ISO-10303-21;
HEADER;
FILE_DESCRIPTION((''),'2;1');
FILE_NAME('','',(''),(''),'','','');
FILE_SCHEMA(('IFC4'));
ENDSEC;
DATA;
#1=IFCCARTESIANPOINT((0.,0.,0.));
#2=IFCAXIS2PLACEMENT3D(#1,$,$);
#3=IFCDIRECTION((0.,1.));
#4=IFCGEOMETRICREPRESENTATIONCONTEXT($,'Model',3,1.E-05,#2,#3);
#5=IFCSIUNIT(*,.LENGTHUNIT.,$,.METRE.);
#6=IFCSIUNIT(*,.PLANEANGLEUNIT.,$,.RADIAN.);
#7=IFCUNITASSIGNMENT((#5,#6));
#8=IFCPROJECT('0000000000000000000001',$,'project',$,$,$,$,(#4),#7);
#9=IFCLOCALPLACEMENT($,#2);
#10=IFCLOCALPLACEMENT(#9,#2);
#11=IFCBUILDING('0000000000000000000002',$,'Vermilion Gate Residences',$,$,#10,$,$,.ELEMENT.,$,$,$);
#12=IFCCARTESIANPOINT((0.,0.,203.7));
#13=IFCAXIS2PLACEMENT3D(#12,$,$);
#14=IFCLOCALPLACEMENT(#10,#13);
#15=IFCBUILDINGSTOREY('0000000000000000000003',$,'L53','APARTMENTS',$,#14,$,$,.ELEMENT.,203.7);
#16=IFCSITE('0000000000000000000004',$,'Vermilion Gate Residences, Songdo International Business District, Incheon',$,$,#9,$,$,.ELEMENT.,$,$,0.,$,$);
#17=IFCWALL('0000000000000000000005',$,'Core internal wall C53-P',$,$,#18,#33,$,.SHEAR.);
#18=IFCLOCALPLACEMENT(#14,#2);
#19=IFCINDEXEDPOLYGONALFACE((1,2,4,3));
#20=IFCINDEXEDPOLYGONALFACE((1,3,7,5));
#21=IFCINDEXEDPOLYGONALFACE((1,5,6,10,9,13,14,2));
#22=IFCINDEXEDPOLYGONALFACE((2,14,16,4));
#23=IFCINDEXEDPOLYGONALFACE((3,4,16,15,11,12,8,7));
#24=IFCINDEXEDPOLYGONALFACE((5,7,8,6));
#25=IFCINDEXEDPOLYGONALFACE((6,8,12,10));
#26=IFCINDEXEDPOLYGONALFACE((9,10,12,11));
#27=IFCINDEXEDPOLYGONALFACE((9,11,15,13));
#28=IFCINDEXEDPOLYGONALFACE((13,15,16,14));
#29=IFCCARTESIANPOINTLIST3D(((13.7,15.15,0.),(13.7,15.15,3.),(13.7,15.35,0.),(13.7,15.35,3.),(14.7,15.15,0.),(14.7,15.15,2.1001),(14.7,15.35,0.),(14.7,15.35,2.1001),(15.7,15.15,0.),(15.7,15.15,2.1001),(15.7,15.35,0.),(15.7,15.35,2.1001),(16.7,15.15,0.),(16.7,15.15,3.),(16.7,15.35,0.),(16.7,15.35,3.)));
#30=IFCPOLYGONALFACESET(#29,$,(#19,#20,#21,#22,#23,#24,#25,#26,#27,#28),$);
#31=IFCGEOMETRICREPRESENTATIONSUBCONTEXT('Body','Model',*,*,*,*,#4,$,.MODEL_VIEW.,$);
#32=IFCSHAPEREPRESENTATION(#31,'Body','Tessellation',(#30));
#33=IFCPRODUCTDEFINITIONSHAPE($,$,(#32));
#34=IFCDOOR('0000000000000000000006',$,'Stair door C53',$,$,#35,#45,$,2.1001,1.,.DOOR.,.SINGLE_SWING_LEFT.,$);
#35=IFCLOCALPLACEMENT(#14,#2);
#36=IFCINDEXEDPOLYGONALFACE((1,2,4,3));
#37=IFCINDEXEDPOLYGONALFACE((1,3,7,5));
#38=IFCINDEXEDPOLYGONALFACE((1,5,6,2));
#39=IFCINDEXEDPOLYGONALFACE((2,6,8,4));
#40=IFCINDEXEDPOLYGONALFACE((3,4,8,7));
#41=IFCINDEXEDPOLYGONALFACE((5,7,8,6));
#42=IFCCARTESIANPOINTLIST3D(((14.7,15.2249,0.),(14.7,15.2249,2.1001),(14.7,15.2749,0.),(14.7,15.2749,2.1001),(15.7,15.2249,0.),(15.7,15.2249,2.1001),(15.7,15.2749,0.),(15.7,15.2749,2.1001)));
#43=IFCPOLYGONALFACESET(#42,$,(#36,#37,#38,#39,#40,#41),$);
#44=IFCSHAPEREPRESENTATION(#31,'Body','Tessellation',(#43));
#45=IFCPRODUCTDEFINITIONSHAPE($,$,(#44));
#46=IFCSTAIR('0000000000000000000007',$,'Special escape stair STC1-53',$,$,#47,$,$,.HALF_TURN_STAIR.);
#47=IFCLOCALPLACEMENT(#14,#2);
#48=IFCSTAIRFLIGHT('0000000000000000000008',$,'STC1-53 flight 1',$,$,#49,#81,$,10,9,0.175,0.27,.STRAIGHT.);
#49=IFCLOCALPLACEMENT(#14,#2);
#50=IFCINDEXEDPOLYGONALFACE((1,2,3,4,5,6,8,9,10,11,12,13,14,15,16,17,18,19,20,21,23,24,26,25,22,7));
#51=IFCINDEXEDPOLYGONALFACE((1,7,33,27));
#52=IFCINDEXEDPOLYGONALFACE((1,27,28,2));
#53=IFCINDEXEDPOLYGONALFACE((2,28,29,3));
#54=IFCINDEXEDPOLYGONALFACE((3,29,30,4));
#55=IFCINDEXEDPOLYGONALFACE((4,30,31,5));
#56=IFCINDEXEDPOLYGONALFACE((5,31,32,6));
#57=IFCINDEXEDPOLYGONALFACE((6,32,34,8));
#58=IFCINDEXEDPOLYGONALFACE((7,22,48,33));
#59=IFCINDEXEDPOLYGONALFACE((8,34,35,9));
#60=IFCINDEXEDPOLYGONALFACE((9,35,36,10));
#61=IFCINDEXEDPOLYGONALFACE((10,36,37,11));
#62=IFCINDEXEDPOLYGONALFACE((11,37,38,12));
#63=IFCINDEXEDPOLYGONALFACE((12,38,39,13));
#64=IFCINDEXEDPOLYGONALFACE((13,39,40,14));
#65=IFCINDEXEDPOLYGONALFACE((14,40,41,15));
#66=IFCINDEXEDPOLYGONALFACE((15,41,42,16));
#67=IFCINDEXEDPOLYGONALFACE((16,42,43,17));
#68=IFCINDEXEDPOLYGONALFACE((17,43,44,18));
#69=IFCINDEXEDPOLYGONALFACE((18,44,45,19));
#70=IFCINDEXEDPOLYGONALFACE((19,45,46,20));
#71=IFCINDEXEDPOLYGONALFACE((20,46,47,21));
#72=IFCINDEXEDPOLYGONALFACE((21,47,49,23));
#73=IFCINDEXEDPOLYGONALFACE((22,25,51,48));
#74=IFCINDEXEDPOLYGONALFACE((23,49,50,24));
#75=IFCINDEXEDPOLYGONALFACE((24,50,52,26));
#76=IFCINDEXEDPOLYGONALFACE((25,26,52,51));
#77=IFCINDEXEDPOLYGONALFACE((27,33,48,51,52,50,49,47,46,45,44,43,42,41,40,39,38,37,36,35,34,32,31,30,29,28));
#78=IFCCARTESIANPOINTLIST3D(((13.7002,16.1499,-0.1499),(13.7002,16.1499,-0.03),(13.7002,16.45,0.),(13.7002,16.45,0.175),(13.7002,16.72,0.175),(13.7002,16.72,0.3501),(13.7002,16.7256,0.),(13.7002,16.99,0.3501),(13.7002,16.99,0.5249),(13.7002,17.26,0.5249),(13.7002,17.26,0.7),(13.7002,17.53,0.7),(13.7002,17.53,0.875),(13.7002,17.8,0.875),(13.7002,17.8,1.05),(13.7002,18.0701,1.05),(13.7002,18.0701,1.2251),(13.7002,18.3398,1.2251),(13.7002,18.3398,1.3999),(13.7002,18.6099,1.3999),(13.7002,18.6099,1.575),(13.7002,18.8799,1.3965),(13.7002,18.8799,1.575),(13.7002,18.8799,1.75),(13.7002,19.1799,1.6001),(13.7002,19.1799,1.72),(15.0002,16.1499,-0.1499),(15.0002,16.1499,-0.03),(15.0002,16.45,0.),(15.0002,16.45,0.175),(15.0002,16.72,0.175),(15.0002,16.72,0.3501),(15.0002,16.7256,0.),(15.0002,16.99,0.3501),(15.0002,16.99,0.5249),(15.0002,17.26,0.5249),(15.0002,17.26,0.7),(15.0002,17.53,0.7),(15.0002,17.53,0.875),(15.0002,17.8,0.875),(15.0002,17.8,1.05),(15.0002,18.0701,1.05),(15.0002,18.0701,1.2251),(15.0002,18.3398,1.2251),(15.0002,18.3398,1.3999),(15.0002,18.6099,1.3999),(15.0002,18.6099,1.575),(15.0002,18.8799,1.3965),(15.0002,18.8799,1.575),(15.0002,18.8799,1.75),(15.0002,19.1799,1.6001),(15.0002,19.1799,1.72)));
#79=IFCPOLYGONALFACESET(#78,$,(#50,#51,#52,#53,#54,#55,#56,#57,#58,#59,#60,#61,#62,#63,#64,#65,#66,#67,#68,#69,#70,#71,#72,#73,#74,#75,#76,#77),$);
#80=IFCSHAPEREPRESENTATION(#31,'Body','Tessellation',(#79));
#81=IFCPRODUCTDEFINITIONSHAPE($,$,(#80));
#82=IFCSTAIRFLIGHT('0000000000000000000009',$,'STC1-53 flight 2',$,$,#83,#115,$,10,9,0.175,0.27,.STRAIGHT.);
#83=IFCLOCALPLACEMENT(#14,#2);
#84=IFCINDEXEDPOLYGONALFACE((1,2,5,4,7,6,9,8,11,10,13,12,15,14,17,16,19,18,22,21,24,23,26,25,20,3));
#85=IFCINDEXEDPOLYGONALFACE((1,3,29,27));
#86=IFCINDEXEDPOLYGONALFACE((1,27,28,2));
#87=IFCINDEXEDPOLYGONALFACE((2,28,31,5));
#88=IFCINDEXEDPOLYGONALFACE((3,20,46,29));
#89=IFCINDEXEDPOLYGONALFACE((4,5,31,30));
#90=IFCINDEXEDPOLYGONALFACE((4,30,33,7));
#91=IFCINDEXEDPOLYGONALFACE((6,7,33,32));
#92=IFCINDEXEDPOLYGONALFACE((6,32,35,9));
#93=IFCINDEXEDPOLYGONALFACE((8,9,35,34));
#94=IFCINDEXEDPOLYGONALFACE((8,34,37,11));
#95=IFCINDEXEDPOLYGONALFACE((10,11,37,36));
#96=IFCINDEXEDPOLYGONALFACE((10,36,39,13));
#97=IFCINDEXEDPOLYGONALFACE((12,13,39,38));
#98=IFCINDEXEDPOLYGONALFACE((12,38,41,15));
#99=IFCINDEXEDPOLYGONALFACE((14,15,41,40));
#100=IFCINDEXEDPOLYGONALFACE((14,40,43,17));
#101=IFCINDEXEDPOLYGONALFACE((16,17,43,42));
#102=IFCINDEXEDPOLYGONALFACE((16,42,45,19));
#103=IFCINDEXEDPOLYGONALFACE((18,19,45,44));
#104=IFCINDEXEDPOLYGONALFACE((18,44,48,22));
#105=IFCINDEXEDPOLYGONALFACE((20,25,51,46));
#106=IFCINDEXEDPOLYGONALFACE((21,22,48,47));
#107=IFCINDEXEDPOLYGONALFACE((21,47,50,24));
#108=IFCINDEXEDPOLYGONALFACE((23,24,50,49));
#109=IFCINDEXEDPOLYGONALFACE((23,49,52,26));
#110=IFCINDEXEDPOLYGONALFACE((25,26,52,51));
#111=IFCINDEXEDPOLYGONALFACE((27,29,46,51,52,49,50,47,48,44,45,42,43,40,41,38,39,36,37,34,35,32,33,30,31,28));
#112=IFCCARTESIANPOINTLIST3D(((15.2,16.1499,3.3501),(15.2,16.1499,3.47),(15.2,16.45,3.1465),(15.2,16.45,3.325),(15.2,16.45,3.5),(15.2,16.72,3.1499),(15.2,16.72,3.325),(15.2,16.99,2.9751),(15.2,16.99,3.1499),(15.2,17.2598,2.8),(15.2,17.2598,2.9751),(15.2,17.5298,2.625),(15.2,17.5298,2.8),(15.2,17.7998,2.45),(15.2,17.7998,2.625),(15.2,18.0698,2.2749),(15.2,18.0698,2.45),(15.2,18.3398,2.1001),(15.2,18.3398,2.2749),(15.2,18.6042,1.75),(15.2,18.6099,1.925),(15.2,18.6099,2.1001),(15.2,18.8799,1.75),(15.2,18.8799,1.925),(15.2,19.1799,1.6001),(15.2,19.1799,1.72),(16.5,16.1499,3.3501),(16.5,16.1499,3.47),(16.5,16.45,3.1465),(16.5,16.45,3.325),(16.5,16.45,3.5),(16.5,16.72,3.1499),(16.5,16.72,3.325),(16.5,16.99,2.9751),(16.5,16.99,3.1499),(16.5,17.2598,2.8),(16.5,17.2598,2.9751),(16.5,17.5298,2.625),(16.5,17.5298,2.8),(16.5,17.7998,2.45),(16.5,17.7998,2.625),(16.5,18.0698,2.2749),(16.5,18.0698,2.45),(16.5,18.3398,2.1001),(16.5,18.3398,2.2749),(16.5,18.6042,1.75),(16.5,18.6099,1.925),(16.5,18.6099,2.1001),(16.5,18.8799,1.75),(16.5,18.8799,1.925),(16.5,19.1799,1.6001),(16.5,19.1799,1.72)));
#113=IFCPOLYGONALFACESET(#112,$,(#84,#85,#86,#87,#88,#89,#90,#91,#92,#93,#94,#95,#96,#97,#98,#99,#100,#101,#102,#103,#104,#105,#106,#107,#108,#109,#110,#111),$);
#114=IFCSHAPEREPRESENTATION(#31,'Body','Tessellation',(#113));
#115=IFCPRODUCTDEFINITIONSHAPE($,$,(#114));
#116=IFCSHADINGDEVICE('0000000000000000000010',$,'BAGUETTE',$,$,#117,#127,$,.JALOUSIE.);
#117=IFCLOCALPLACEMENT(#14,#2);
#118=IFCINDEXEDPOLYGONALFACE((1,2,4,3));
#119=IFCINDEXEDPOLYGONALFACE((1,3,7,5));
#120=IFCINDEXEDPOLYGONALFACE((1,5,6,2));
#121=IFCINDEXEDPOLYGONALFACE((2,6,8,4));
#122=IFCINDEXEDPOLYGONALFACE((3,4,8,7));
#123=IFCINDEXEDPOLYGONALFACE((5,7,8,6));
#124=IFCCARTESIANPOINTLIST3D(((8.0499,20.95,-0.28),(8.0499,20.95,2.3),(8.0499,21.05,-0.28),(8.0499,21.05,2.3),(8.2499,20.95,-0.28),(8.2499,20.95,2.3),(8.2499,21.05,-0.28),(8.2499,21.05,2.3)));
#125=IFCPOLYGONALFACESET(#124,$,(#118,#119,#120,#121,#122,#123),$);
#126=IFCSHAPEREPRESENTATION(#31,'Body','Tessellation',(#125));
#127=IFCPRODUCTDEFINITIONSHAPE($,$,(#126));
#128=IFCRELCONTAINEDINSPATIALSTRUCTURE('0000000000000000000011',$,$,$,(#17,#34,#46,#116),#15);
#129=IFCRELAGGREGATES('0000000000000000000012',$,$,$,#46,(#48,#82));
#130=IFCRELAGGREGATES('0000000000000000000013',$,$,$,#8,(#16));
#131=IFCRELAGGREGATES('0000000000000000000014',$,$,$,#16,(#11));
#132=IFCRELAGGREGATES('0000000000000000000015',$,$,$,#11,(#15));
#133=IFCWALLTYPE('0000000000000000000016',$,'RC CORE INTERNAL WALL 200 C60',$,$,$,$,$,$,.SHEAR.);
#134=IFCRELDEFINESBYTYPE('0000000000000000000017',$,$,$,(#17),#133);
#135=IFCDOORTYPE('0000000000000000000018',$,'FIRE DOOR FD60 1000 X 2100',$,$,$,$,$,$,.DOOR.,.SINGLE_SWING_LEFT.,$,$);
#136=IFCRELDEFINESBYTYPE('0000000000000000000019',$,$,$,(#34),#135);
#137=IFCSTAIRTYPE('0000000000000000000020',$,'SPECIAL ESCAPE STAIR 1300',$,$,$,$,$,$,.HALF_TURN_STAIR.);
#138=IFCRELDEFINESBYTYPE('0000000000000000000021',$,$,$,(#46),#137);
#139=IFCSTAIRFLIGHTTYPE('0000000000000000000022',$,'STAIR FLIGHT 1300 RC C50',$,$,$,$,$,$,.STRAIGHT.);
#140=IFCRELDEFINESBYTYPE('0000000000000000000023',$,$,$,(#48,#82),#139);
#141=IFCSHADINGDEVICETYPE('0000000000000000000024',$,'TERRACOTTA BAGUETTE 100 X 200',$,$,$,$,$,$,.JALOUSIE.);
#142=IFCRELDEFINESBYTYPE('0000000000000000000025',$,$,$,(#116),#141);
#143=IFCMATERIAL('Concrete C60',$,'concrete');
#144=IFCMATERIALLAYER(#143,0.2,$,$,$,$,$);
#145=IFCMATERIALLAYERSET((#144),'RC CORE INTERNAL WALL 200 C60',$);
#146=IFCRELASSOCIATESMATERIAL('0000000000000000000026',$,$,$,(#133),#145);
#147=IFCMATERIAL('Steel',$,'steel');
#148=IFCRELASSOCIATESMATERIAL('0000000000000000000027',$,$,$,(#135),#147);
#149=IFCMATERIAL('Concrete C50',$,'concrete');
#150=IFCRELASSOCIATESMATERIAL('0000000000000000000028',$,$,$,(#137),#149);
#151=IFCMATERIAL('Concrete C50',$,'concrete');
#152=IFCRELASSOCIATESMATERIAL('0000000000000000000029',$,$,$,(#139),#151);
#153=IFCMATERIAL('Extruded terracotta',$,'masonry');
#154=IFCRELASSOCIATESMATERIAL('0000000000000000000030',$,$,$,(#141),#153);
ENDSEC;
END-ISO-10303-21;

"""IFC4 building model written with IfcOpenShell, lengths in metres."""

from ifc_helpers import new_model, si_unit, direction, frame, frame_2d, origin, origin_2d, place, context, subcontext, project, spatial, polyline, rectangle, outline, extrude, material, layer, layer_set, material_profile, profile_set, type_object, element, fill, aggregate, save


model = new_model("IFC4")

# Units and contexts
model_context = context("Model", 3, precision=1e-05, world=origin(), true_north=direction((0.0, 1.0)))
body_context = subcontext(model_context, "Body", "Model", "MODEL_VIEW")
ifc_project = project(units=[si_unit("LENGTHUNIT", "METRE"), si_unit("PLANEANGLEUNIT", "RADIAN")], contexts=[model_context])

# Site, building, storey
site_placement = place(None, origin())
site = spatial("IfcSite", under=ifc_project, at=site_placement, Name="Vermilion Gate Residences, Songdo International Business District, Incheon", CompositionType="ELEMENT", RefElevation=0.0)
building_placement = place(site_placement, origin())
building = spatial("IfcBuilding", under=site, at=building_placement, Name="Vermilion Gate Residences", CompositionType="ELEMENT")
storey_placement = place(building_placement, frame((0.0, 0.0, 203.7)))
storey = spatial("IfcBuildingStorey", under=building, at=storey_placement, Name="L53", Description="APARTMENTS", CompositionType="ELEMENT", Elevation=203.7)

# Shared definitions
ifc_material_1 = material(Name="Concrete C60", Category="concrete")
ifc_layer_1 = layer(ifc_material_1, 0.2)
ifc_layer_set_1 = layer_set([ifc_layer_1], Name="RC CORE INTERNAL WALL 200 C60")
wall_type_1 = type_object("IfcWallType", Name="RC CORE INTERNAL WALL 200 C60", PredefinedType="SHEAR", material=ifc_layer_set_1)

# Wall, opening, door
wall_1_placement = place(storey_placement, frame((13.7, 15.25, 0.0), z_axis=(0.0, 0.0, 1.0), x_axis=(1.0, 0.0, 0.0)))
wall_1 = element("IfcWall", 1, at=wall_1_placement, inside=storey, type_object=wall_type_1, Name="Core internal wall C53-P", PredefinedType="SHEAR", context=body_context, shape_type="SweptSolid", body=[
    extrude(rectangle(XDim=3.0, YDim=0.2, at=frame_2d((1.5, 0.0))), origin(), (0.0, 0.0, 1.0), 3.0),
])
opening_1_placement = place(wall_1_placement, frame((1.0, 0.0, 0.0)))
opening_1 = element("IfcOpeningElement", 2, at=opening_1_placement, cuts=wall_1, PredefinedType="OPENING", context=body_context, shape_type="SweptSolid", body=[
    extrude(rectangle(XDim=1.0, YDim=2.1001, at=frame_2d((0.5, 1.05))), frame((0.0, 0.1099, 0.0), z_axis=(0.0, -1.0, 0.0), x_axis=(1.0, 0.0, 0.0)), (0.0, 0.0, 1.0), 0.22),
])
ifc_material_2 = material(Name="Steel", Category="steel")
door_type_1 = type_object("IfcDoorType", Name="FIRE DOOR FD60 1000 X 2100", OperationType="SINGLE_SWING_LEFT", PredefinedType="DOOR", material=ifc_material_2)
door_1_placement = place(opening_1_placement, origin())
door_1 = element("IfcDoor", 3, at=door_1_placement, inside=storey, type_object=door_type_1, Name="Stair door C53", OperationType="SINGLE_SWING_LEFT", OverallHeight=2.1001, OverallWidth=1.0, PredefinedType="DOOR", context=body_context, shape_type="SweptSolid", body=[
    extrude(rectangle(XDim=1.0, YDim=2.1001, at=frame_2d((0.5, 1.05))), frame((0.0, 0.0249, 0.0), z_axis=(0.0, -1.0, 0.0), x_axis=(1.0, 0.0, 0.0)), (0.0, 0.0, 1.0), 0.05),
])
fill(opening_1, door_1)

# Stair, stair flights
ifc_material_3 = material(Name="Concrete C50", Category="concrete")
stair_type = type_object("IfcStairType", Name="SPECIAL ESCAPE STAIR 1300", PredefinedType="HALF_TURN_STAIR", material=ifc_material_3)
stair_placement = place(storey_placement, origin())
stair = element("IfcStair", 4, at=stair_placement, inside=storey, type_object=stair_type, Name="Special escape stair STC1-53", PredefinedType="HALF_TURN_STAIR")
ifc_material_4 = material(Name="Concrete C50", Category="concrete")
stair_flight_type = type_object("IfcStairFlightType", Name="STAIR FLIGHT 1300 RC C50", PredefinedType="STRAIGHT", material=ifc_material_4)
stair_flight_1_placement = place(storey_placement, frame((14.3501, 16.45, 0.0), z_axis=(0.0, 0.0, 1.0), x_axis=(0.0, 1.0, 0.0)))
stair_flight_1 = element("IfcStairFlight", 5, at=stair_flight_1_placement, type_object=stair_flight_type, Name="STC1-53 flight 1", NumberOfRisers=10, NumberOfTreads=9, PredefinedType="STRAIGHT", RiserHeight=0.175, TreadLength=0.27, context=body_context, shape_type="SweptSolid", body=[
    extrude(outline(polyline([(-0.3, -0.1499), (-0.3, -0.03), (0.0, 0.0), (0.0, 0.175), (0.27, 0.175), (0.27, 0.3501), (0.54, 0.3501), (0.54, 0.5249), (0.8101, 0.5249), (0.8101, 0.7), (1.0801, 0.7), (1.0801, 0.875), (1.3501, 0.875), (1.3501, 1.05), (1.6201, 1.05), (1.6201, 1.2251), (1.8899, 1.2251), (1.8899, 1.3999), (2.1599, 1.3999), (2.1599, 1.575), (2.4299, 1.575), (2.4299, 1.75), (2.73, 1.72), (2.73, 1.6001), (2.4299, 1.3965), (0.2756, 0.0), (-0.3, -0.1499)])), frame((0.0, 0.6499, 0.0), z_axis=(0.0, -1.0, 0.0), x_axis=(1.0, 0.0, 0.0)), (0.0, 0.0, 1.0), 1.3),
])
stair_flight_2_placement = place(storey_placement, frame((15.8501, 18.8799, 1.75), z_axis=(0.0, 0.0, 1.0), x_axis=(0.0, -1.0, 0.0)))
stair_flight_2 = element("IfcStairFlight", 6, at=stair_flight_2_placement, type_object=stair_flight_type, Name="STC1-53 flight 2", NumberOfRisers=10, NumberOfTreads=9, PredefinedType="STRAIGHT", RiserHeight=0.175, TreadLength=0.27, context=body_context, shape_type="SweptSolid", body=[
    extrude(outline(polyline([(-0.3, -0.1499), (-0.3, -0.03), (0.0, 0.0), (0.0, 0.175), (0.27, 0.175), (0.27, 0.3501), (0.54, 0.3501), (0.54, 0.5249), (0.8101, 0.5249), (0.8101, 0.7), (1.0801, 0.7), (1.0801, 0.875), (1.3501, 0.875), (1.3501, 1.05), (1.6201, 1.05), (1.6201, 1.2251), (1.8899, 1.2251), (1.8899, 1.3999), (2.1599, 1.3999), (2.1599, 1.575), (2.4299, 1.575), (2.4299, 1.75), (2.73, 1.72), (2.73, 1.6001), (2.4299, 1.3965), (0.2756, 0.0), (-0.3, -0.1499)])), frame((0.0, 0.6499, 0.0), z_axis=(0.0, -1.0, 0.0), x_axis=(1.0, 0.0, 0.0)), (0.0, 0.0, 1.0), 1.3),
])
aggregate(stair, [stair_flight_1, stair_flight_2])

# Shading device
ifc_material_5 = material(Name="Extruded terracotta", Category="masonry")
ifc_material_profile_1 = material_profile(ifc_material_5, rectangle(XDim=0.2, YDim=0.1001, at=origin_2d()), Name="BAGUETTE 100 X 200")
ifc_profile_set_1 = profile_set([ifc_material_profile_1], Name="Extruded terracotta")
shading_device_type = type_object("IfcShadingDeviceType", Name="TERRACOTTA BAGUETTE 100 X 200", PredefinedType="JALOUSIE", material=ifc_profile_set_1)
shading_device_placement = place(storey_placement, frame((8.1499, 21.0, -0.28), z_axis=(0.0, 0.0, 1.0), x_axis=(1.0, 0.0, 0.0)))
element("IfcShadingDevice", 7, at=shading_device_placement, inside=storey, type_object=shading_device_type, Name="BAGUETTE", PredefinedType="JALOUSIE", context=body_context, shape_type="SweptSolid", body=[
    extrude(rectangle(XDim=0.2, YDim=0.1001, at=origin_2d()), origin(), (0.0, 0.0, 1.0), 2.5801),
])

save(model, "model.ifc")
